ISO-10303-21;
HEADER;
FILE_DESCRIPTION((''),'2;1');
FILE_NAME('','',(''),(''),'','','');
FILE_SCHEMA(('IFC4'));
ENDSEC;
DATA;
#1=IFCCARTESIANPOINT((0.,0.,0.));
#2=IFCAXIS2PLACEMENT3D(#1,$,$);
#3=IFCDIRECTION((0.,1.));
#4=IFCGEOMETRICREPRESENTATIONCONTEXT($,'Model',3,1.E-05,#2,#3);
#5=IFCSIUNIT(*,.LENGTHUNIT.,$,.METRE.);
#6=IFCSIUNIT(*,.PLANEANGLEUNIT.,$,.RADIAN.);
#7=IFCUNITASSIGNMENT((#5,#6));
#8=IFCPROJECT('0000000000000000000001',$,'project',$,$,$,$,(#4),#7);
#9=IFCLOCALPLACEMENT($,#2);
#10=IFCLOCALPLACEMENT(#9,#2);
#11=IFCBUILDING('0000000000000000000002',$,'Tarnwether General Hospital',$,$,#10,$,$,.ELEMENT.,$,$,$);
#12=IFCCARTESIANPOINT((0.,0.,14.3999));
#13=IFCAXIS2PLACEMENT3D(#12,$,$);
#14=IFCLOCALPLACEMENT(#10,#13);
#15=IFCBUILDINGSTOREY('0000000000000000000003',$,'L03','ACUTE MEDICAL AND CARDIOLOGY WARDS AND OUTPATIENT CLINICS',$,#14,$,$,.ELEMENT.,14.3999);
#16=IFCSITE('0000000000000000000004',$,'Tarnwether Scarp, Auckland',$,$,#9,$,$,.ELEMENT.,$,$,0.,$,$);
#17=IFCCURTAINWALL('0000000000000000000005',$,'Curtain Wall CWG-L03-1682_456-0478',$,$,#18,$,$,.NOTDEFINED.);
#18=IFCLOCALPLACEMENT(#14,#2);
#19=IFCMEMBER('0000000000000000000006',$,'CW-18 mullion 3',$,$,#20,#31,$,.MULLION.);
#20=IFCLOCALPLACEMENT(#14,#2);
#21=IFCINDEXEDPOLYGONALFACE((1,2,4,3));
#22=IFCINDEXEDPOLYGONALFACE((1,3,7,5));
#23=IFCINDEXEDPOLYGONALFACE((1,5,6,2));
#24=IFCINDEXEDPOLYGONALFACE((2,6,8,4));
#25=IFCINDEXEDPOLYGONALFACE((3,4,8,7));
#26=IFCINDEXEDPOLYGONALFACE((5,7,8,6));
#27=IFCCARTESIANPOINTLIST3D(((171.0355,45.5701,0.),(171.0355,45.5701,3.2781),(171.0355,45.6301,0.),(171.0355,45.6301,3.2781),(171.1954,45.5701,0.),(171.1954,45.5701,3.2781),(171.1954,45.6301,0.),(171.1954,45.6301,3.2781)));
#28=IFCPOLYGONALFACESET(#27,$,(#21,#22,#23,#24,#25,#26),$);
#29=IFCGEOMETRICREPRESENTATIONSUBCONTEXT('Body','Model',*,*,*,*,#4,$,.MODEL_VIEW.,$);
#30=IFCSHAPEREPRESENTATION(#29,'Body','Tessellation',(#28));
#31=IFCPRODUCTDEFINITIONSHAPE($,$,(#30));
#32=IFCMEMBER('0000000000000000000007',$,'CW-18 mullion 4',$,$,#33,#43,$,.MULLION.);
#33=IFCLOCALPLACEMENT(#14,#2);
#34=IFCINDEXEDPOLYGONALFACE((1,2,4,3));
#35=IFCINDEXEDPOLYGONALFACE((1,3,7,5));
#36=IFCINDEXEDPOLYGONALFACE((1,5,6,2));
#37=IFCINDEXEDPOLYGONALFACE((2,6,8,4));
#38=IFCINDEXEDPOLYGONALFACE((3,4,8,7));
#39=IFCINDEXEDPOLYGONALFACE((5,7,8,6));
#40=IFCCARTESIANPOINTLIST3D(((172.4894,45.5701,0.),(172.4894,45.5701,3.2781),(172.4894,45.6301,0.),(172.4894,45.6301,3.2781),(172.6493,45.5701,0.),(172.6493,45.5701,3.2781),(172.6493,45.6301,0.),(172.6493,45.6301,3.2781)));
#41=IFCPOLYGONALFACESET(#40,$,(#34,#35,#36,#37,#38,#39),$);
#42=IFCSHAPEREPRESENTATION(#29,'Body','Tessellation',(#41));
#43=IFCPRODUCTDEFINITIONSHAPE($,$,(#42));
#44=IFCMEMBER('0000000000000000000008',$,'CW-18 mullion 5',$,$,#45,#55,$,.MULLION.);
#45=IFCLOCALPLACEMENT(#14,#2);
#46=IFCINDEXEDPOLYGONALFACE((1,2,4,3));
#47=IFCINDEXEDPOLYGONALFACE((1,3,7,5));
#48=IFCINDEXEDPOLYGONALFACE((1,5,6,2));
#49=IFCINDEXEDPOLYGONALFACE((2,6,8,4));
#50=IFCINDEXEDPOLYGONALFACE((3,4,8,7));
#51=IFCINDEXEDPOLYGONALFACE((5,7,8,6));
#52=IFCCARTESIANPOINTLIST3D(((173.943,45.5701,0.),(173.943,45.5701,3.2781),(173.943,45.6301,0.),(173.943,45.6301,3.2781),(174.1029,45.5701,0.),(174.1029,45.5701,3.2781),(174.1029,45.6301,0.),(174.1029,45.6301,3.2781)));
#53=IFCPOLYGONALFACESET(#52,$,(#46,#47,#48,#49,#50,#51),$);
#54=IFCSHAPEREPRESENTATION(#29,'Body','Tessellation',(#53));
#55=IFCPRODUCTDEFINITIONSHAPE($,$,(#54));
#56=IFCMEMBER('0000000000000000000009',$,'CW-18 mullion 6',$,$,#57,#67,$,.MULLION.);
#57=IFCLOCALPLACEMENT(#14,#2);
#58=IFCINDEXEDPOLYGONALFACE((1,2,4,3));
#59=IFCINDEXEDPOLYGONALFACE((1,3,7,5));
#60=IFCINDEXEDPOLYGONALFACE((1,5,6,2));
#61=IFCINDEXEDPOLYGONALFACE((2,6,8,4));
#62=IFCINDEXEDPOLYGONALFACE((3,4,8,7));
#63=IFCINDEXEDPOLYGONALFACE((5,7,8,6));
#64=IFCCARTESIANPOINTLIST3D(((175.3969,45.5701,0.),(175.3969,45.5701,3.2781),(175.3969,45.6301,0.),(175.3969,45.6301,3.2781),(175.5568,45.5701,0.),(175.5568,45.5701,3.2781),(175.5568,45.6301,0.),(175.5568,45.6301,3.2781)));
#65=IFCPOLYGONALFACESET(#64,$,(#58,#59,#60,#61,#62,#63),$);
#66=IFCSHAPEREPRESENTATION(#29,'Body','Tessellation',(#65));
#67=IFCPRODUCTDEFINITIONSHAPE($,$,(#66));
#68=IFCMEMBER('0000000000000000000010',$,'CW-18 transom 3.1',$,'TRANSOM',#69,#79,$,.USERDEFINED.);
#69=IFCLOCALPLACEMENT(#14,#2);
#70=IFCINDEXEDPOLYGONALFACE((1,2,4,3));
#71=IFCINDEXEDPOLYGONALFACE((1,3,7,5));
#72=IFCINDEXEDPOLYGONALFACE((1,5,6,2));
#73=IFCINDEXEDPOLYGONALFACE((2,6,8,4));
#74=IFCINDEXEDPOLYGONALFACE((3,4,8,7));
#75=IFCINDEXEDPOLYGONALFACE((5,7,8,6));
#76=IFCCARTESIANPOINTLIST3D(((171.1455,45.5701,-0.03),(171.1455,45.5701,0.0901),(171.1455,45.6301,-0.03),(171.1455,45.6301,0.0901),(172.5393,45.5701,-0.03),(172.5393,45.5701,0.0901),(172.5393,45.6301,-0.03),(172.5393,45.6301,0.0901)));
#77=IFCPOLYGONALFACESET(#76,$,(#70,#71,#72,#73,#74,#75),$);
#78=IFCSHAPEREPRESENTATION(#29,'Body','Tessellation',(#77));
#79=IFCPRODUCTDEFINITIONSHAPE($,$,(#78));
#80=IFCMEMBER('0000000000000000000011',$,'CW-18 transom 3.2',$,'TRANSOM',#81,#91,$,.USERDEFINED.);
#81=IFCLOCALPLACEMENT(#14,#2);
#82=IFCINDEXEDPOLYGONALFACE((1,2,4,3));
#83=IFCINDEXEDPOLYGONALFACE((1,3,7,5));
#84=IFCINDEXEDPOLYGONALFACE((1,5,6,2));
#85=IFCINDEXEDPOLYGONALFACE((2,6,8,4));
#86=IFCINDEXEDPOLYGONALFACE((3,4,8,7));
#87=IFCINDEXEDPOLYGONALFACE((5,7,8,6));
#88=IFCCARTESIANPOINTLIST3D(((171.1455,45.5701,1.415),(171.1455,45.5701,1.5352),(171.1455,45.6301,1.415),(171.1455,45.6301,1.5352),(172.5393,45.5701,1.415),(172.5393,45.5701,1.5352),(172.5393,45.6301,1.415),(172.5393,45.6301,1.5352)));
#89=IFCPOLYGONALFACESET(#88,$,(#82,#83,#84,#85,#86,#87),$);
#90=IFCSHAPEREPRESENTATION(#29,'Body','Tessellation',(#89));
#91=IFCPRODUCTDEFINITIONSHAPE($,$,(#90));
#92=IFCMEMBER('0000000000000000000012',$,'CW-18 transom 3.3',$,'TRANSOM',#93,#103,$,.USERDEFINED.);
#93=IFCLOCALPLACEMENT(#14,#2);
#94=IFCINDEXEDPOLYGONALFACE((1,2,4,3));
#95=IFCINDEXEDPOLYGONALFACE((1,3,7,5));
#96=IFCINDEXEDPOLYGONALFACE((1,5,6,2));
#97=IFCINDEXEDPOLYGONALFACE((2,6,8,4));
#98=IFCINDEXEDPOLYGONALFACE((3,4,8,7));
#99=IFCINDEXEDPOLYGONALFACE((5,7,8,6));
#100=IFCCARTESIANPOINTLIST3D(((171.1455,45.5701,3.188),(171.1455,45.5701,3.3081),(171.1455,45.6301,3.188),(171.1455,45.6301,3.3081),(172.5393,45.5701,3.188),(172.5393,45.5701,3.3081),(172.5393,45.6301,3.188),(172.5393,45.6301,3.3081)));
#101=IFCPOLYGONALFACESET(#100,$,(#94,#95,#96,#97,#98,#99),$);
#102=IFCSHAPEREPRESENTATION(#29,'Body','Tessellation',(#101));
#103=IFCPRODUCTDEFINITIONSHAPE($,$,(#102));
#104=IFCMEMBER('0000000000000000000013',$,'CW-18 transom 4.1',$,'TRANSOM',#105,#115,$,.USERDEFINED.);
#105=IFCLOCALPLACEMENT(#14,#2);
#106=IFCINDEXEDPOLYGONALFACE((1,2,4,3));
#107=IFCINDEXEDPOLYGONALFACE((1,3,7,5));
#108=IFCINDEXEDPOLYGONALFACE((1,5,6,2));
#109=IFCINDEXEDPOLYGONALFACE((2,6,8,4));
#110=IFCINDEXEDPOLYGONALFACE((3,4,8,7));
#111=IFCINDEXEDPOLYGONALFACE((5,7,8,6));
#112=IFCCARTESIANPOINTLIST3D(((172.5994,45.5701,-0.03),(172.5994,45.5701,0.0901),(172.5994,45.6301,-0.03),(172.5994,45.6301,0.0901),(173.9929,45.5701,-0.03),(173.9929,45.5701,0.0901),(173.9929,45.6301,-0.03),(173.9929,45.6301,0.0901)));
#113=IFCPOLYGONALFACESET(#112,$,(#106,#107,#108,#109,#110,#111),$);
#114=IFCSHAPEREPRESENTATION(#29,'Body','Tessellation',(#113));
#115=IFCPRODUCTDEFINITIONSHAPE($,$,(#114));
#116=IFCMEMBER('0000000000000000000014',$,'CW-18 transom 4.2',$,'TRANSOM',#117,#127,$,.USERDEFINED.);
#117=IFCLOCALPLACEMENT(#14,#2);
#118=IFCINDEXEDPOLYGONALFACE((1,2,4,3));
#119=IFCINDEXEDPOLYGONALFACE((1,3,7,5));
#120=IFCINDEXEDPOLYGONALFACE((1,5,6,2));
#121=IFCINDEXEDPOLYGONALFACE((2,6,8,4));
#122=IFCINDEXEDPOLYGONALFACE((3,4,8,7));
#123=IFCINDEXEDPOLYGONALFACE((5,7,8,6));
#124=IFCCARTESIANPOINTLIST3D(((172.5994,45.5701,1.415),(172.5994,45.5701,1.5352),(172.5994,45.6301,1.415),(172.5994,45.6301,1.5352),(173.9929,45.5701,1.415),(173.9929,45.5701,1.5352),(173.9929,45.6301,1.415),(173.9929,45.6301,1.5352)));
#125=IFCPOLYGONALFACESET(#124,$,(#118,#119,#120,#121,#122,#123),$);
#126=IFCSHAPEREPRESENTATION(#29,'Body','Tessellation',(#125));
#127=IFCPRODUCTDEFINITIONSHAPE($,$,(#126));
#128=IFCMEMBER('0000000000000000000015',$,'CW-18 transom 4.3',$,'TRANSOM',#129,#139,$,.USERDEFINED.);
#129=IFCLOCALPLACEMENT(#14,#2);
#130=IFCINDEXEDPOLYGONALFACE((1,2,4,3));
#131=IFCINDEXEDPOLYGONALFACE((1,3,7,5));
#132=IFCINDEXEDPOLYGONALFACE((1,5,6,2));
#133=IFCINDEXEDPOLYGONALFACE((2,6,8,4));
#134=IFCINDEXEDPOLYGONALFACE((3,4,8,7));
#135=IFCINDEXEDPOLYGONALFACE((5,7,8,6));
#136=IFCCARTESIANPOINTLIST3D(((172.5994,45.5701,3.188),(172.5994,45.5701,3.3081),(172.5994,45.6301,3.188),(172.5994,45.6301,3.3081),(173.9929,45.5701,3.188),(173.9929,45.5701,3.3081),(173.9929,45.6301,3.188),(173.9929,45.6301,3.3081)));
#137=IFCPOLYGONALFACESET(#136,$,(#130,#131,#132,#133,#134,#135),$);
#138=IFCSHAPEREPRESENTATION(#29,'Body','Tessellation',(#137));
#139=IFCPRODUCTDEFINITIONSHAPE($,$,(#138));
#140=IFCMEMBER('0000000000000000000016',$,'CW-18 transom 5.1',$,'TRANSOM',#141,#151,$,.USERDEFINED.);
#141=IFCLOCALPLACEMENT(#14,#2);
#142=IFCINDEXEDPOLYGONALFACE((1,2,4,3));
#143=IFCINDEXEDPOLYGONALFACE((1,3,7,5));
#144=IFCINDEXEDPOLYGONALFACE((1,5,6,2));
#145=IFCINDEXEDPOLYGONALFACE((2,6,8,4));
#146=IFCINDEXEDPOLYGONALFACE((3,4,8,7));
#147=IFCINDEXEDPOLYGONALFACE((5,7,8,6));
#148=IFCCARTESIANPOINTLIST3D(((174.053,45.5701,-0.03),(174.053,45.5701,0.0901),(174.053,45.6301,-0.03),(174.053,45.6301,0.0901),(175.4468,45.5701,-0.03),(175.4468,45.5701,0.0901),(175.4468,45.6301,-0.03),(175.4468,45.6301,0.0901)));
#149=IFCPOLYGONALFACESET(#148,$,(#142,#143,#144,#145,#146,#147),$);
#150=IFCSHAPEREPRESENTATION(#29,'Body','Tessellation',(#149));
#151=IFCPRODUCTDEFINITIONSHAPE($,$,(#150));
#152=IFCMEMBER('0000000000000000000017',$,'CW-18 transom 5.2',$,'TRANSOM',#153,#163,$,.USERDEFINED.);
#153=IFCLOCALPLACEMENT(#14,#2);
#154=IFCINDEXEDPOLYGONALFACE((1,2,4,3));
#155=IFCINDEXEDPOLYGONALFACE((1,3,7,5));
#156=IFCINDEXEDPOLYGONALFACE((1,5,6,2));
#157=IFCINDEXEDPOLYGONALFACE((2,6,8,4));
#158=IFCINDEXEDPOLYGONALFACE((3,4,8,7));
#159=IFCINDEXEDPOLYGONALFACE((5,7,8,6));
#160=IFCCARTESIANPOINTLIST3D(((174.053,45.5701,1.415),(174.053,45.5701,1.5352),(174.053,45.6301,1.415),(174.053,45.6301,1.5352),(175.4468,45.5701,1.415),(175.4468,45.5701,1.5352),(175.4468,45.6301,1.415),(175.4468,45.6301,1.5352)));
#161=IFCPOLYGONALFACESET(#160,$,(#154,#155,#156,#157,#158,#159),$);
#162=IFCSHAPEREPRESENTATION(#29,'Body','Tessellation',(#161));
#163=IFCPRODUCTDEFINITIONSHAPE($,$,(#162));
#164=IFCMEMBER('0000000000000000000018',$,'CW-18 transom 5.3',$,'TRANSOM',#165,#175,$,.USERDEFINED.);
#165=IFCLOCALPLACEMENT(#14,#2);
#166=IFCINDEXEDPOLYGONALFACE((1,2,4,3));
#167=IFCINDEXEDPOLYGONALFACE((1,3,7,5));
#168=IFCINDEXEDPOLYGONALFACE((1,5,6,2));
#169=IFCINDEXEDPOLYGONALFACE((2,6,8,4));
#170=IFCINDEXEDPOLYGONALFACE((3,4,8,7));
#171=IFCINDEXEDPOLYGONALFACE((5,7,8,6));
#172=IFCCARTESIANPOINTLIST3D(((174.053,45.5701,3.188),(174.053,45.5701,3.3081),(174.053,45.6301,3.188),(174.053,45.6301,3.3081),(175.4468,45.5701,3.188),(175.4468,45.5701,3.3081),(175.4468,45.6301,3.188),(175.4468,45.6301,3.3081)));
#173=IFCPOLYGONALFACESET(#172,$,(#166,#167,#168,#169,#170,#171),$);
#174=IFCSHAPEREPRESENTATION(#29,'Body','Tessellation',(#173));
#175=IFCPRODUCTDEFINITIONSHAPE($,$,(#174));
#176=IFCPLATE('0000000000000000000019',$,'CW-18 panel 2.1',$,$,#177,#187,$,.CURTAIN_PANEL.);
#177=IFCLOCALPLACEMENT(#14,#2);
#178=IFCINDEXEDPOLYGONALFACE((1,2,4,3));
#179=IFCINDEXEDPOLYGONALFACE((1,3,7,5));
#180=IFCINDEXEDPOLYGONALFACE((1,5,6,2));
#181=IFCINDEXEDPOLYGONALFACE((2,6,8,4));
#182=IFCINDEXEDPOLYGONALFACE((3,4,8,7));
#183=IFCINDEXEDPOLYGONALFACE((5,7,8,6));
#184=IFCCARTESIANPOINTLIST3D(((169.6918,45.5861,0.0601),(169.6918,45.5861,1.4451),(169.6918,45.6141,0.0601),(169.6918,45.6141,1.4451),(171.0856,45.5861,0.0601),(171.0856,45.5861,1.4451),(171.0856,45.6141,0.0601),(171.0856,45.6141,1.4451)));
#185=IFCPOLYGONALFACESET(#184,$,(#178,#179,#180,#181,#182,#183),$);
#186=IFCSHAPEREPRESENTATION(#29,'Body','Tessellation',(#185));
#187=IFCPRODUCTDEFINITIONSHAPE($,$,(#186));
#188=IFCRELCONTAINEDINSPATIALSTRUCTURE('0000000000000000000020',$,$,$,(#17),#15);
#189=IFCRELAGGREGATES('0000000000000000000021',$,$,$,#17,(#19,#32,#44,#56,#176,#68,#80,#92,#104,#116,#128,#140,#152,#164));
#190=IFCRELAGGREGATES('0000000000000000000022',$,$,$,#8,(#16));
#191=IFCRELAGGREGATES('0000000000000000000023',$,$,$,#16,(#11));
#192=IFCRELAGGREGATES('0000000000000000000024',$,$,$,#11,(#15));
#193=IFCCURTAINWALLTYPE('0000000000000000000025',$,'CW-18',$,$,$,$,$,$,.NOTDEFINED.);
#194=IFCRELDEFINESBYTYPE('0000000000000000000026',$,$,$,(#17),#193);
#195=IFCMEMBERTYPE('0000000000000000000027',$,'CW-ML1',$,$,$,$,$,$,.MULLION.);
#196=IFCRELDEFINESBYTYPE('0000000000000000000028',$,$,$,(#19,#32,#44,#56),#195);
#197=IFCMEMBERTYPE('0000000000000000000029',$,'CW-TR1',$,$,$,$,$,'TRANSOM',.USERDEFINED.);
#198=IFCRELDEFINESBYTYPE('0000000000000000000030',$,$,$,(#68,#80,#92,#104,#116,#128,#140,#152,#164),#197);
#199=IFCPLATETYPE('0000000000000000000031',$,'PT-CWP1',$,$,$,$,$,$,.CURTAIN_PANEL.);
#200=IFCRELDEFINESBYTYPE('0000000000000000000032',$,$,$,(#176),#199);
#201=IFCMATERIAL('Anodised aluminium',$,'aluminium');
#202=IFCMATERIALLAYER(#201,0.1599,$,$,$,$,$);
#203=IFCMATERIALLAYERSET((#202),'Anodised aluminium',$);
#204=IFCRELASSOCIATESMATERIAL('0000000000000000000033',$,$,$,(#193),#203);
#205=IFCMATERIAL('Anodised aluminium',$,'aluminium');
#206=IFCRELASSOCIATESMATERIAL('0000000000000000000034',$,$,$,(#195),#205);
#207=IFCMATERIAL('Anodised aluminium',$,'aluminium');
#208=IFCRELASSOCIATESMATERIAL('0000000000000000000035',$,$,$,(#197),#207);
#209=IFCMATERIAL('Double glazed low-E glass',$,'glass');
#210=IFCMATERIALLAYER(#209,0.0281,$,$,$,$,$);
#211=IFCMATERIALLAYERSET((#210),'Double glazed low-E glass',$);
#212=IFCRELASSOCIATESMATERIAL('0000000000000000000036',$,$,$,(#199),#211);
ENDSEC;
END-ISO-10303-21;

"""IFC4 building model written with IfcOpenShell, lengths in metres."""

from ifc_helpers import new_model, si_unit, direction, frame, origin, origin_2d, place, context, subcontext, project, spatial, rectangle, extrude, material, layer, layer_set, material_profile, profile_set, type_object, element, aggregate, save


model = new_model("IFC4")

# Units and contexts
model_context = context("Model", 3, precision=1e-05, world=origin(), true_north=direction((0.0, 1.0)))
body_context = subcontext(model_context, "Body", "Model", "MODEL_VIEW")
ifc_project = project(units=[si_unit("LENGTHUNIT", "METRE"), si_unit("PLANEANGLEUNIT", "RADIAN")], contexts=[model_context])

# Site, building, storey
site_placement = place(None, origin())
site = spatial("IfcSite", under=ifc_project, at=site_placement, Name="Tarnwether Scarp, Auckland", CompositionType="ELEMENT", RefElevation=0.0)
building_placement = place(site_placement, origin())
building = spatial("IfcBuilding", under=site, at=building_placement, Name="Tarnwether General Hospital", CompositionType="ELEMENT")
storey_placement = place(building_placement, frame((0.0, 0.0, 14.3999)))
storey = spatial("IfcBuildingStorey", under=building, at=storey_placement, Name="L03", Description="ACUTE MEDICAL AND CARDIOLOGY WARDS AND OUTPATIENT CLINICS", CompositionType="ELEMENT", Elevation=14.3999)

# Curtain wall, members, plate
ifc_material_1 = material(Name="Anodised aluminium", Category="aluminium")
ifc_layer_1 = layer(ifc_material_1, 0.1599)
ifc_layer_set_1 = layer_set([ifc_layer_1], Name="Anodised aluminium")
curtain_wall_type = type_object("IfcCurtainWallType", Name="CW-18", PredefinedType="NOTDEFINED", material=ifc_layer_set_1)
curtain_wall_placement = place(storey_placement, origin())
curtain_wall = element("IfcCurtainWall", 1, at=curtain_wall_placement, inside=storey, type_object=curtain_wall_type, Name="Curtain Wall CWG-L03-1682_456-0478", PredefinedType="NOTDEFINED")
ifc_material_2 = material(Name="Anodised aluminium", Category="aluminium")
ifc_material_profile_1 = material_profile(ifc_material_2, rectangle(XDim=0.0601, YDim=0.1599, at=origin_2d()), Name="ALU-MUL-60x160")
ifc_profile_set_1 = profile_set([ifc_material_profile_1], Name="Anodised aluminium")
member_type_1 = type_object("IfcMemberType", Name="CW-ML1", PredefinedType="MULLION", material=ifc_profile_set_1)
member_1_placement = place(storey_placement, frame((171.1155, 45.6001, 0.0), z_axis=(0.0, 0.0, 1.0), x_axis=(0.0, 1.0, 0.0)))
member_1 = element("IfcMember", 2, at=member_1_placement, type_object=member_type_1, Name="CW-18 mullion 3", PredefinedType="MULLION", context=body_context, shape_type="SweptSolid", body=[
    extrude(rectangle(XDim=0.0601, YDim=0.1599, at=origin_2d()), origin(), (0.0, 0.0, 1.0), 3.2781),
])
member_2_placement = place(storey_placement, frame((172.5693, 45.6001, 0.0), z_axis=(0.0, 0.0, 1.0), x_axis=(0.0, 1.0, 0.0)))
member_2 = element("IfcMember", 3, at=member_2_placement, type_object=member_type_1, Name="CW-18 mullion 4", PredefinedType="MULLION", context=body_context, shape_type="SweptSolid", body=[
    extrude(rectangle(XDim=0.0601, YDim=0.1599, at=origin_2d()), origin(), (0.0, 0.0, 1.0), 3.2781),
])
member_3_placement = place(storey_placement, frame((174.0229, 45.6001, 0.0), z_axis=(0.0, 0.0, 1.0), x_axis=(0.0, 1.0, 0.0)))
member_3 = element("IfcMember", 4, at=member_3_placement, type_object=member_type_1, Name="CW-18 mullion 5", PredefinedType="MULLION", context=body_context, shape_type="SweptSolid", body=[
    extrude(rectangle(XDim=0.0601, YDim=0.1599, at=origin_2d()), origin(), (0.0, 0.0, 1.0), 3.2781),
])
member_4_placement = place(storey_placement, frame((175.4768, 45.6001, 0.0), z_axis=(0.0, 0.0, 1.0), x_axis=(0.0, 1.0, 0.0)))
member_4 = element("IfcMember", 5, at=member_4_placement, type_object=member_type_1, Name="CW-18 mullion 6", PredefinedType="MULLION", context=body_context, shape_type="SweptSolid", body=[
    extrude(rectangle(XDim=0.0601, YDim=0.1599, at=origin_2d()), origin(), (0.0, 0.0, 1.0), 3.2781),
])
ifc_material_3 = material(Name="Anodised aluminium", Category="aluminium")
ifc_material_profile_2 = material_profile(ifc_material_3, rectangle(XDim=0.0601, YDim=0.1201, at=origin_2d()), Name="ALU-TRN-60x120")
ifc_profile_set_2 = profile_set([ifc_material_profile_2], Name="Anodised aluminium")
member_type_2 = type_object("IfcMemberType", Name="CW-TR1", ElementType="TRANSOM", PredefinedType="USERDEFINED", material=ifc_profile_set_2)
member_5_placement = place(storey_placement, frame((171.1455, 45.6001, 0.03), z_axis=(1.0, 0.0, 0.0), x_axis=(0.0, 1.0, 0.0)))
member_5 = element("IfcMember", 6, at=member_5_placement, type_object=member_type_2, Name="CW-18 transom 3.1", ObjectType="TRANSOM", PredefinedType="USERDEFINED", context=body_context, shape_type="SweptSolid", body=[
    extrude(rectangle(XDim=0.0601, YDim=0.1201, at=origin_2d()), origin(), (0.0, 0.0, 1.0), 1.3938),
])
member_6_placement = place(storey_placement, frame((171.1455, 45.6001, 1.4751), z_axis=(1.0, 0.0, 0.0), x_axis=(0.0, 1.0, 0.0)))
member_6 = element("IfcMember", 7, at=member_6_placement, type_object=member_type_2, Name="CW-18 transom 3.2", ObjectType="TRANSOM", PredefinedType="USERDEFINED", context=body_context, shape_type="SweptSolid", body=[
    extrude(rectangle(XDim=0.0601, YDim=0.1201, at=origin_2d()), origin(), (0.0, 0.0, 1.0), 1.3938),
])
member_7_placement = place(storey_placement, frame((171.1455, 45.6001, 3.248), z_axis=(1.0, 0.0, 0.0), x_axis=(0.0, 1.0, 0.0)))
member_7 = element("IfcMember", 8, at=member_7_placement, type_object=member_type_2, Name="CW-18 transom 3.3", ObjectType="TRANSOM", PredefinedType="USERDEFINED", context=body_context, shape_type="SweptSolid", body=[
    extrude(rectangle(XDim=0.0601, YDim=0.1201, at=origin_2d()), origin(), (0.0, 0.0, 1.0), 1.3938),
])
member_8_placement = place(storey_placement, frame((172.5994, 45.6001, 0.03), z_axis=(1.0, 0.0, 0.0), x_axis=(0.0, 1.0, 0.0)))
member_8 = element("IfcMember", 9, at=member_8_placement, type_object=member_type_2, Name="CW-18 transom 4.1", ObjectType="TRANSOM", PredefinedType="USERDEFINED", context=body_context, shape_type="SweptSolid", body=[
    extrude(rectangle(XDim=0.0601, YDim=0.1201, at=origin_2d()), origin(), (0.0, 0.0, 1.0), 1.3936),
])
member_9_placement = place(storey_placement, frame((172.5994, 45.6001, 1.4751), z_axis=(1.0, 0.0, 0.0), x_axis=(0.0, 1.0, 0.0)))
member_9 = element("IfcMember", 10, at=member_9_placement, type_object=member_type_2, Name="CW-18 transom 4.2", ObjectType="TRANSOM", PredefinedType="USERDEFINED", context=body_context, shape_type="SweptSolid", body=[
    extrude(rectangle(XDim=0.0601, YDim=0.1201, at=origin_2d()), origin(), (0.0, 0.0, 1.0), 1.3936),
])
member_10_placement = place(storey_placement, frame((172.5994, 45.6001, 3.248), z_axis=(1.0, 0.0, 0.0), x_axis=(0.0, 1.0, 0.0)))
member_10 = element("IfcMember", 11, at=member_10_placement, type_object=member_type_2, Name="CW-18 transom 4.3", ObjectType="TRANSOM", PredefinedType="USERDEFINED", context=body_context, shape_type="SweptSolid", body=[
    extrude(rectangle(XDim=0.0601, YDim=0.1201, at=origin_2d()), origin(), (0.0, 0.0, 1.0), 1.3936),
])
member_11_placement = place(storey_placement, frame((174.053, 45.6001, 0.03), z_axis=(1.0, 0.0, 0.0), x_axis=(0.0, 1.0, 0.0)))
member_11 = element("IfcMember", 12, at=member_11_placement, type_object=member_type_2, Name="CW-18 transom 5.1", ObjectType="TRANSOM", PredefinedType="USERDEFINED", context=body_context, shape_type="SweptSolid", body=[
    extrude(rectangle(XDim=0.0601, YDim=0.1201, at=origin_2d()), origin(), (0.0, 0.0, 1.0), 1.3938),
])
member_12_placement = place(storey_placement, frame((174.053, 45.6001, 1.4751), z_axis=(1.0, 0.0, 0.0), x_axis=(0.0, 1.0, 0.0)))
member_12 = element("IfcMember", 13, at=member_12_placement, type_object=member_type_2, Name="CW-18 transom 5.2", ObjectType="TRANSOM", PredefinedType="USERDEFINED", context=body_context, shape_type="SweptSolid", body=[
    extrude(rectangle(XDim=0.0601, YDim=0.1201, at=origin_2d()), origin(), (0.0, 0.0, 1.0), 1.3938),
])
member_13_placement = place(storey_placement, frame((174.053, 45.6001, 3.248), z_axis=(1.0, 0.0, 0.0), x_axis=(0.0, 1.0, 0.0)))
member_13 = element("IfcMember", 14, at=member_13_placement, type_object=member_type_2, Name="CW-18 transom 5.3", ObjectType="TRANSOM", PredefinedType="USERDEFINED", context=body_context, shape_type="SweptSolid", body=[
    extrude(rectangle(XDim=0.0601, YDim=0.1201, at=origin_2d()), origin(), (0.0, 0.0, 1.0), 1.3938),
])
ifc_material_4 = material(Name="Double glazed low-E glass", Category="glass")
ifc_layer_2 = layer(ifc_material_4, 0.0281)
ifc_layer_set_2 = layer_set([ifc_layer_2], Name="Double glazed low-E glass")
plate_type = type_object("IfcPlateType", Name="PT-CWP1", PredefinedType="CURTAIN_PANEL", material=ifc_layer_set_2)
plate_1_placement = place(storey_placement, frame((170.3887, 45.6001, 0.0601), z_axis=(0.0, 0.0, 1.0), x_axis=(1.0, 0.0, 0.0)))
plate_1 = element("IfcPlate", 15, at=plate_1_placement, type_object=plate_type, Name="CW-18 panel 2.1", PredefinedType="CURTAIN_PANEL", context=body_context, shape_type="SweptSolid", body=[
    extrude(rectangle(XDim=1.3938, YDim=0.0281, at=origin_2d()), origin(), (0.0, 0.0, 1.0), 1.385),
])
aggregate(curtain_wall, [member_1, member_2, member_3, member_4, plate_1, member_5, member_6, member_7, member_8, member_9, member_10, member_11, member_12, member_13])

save(model, "model.ifc")
